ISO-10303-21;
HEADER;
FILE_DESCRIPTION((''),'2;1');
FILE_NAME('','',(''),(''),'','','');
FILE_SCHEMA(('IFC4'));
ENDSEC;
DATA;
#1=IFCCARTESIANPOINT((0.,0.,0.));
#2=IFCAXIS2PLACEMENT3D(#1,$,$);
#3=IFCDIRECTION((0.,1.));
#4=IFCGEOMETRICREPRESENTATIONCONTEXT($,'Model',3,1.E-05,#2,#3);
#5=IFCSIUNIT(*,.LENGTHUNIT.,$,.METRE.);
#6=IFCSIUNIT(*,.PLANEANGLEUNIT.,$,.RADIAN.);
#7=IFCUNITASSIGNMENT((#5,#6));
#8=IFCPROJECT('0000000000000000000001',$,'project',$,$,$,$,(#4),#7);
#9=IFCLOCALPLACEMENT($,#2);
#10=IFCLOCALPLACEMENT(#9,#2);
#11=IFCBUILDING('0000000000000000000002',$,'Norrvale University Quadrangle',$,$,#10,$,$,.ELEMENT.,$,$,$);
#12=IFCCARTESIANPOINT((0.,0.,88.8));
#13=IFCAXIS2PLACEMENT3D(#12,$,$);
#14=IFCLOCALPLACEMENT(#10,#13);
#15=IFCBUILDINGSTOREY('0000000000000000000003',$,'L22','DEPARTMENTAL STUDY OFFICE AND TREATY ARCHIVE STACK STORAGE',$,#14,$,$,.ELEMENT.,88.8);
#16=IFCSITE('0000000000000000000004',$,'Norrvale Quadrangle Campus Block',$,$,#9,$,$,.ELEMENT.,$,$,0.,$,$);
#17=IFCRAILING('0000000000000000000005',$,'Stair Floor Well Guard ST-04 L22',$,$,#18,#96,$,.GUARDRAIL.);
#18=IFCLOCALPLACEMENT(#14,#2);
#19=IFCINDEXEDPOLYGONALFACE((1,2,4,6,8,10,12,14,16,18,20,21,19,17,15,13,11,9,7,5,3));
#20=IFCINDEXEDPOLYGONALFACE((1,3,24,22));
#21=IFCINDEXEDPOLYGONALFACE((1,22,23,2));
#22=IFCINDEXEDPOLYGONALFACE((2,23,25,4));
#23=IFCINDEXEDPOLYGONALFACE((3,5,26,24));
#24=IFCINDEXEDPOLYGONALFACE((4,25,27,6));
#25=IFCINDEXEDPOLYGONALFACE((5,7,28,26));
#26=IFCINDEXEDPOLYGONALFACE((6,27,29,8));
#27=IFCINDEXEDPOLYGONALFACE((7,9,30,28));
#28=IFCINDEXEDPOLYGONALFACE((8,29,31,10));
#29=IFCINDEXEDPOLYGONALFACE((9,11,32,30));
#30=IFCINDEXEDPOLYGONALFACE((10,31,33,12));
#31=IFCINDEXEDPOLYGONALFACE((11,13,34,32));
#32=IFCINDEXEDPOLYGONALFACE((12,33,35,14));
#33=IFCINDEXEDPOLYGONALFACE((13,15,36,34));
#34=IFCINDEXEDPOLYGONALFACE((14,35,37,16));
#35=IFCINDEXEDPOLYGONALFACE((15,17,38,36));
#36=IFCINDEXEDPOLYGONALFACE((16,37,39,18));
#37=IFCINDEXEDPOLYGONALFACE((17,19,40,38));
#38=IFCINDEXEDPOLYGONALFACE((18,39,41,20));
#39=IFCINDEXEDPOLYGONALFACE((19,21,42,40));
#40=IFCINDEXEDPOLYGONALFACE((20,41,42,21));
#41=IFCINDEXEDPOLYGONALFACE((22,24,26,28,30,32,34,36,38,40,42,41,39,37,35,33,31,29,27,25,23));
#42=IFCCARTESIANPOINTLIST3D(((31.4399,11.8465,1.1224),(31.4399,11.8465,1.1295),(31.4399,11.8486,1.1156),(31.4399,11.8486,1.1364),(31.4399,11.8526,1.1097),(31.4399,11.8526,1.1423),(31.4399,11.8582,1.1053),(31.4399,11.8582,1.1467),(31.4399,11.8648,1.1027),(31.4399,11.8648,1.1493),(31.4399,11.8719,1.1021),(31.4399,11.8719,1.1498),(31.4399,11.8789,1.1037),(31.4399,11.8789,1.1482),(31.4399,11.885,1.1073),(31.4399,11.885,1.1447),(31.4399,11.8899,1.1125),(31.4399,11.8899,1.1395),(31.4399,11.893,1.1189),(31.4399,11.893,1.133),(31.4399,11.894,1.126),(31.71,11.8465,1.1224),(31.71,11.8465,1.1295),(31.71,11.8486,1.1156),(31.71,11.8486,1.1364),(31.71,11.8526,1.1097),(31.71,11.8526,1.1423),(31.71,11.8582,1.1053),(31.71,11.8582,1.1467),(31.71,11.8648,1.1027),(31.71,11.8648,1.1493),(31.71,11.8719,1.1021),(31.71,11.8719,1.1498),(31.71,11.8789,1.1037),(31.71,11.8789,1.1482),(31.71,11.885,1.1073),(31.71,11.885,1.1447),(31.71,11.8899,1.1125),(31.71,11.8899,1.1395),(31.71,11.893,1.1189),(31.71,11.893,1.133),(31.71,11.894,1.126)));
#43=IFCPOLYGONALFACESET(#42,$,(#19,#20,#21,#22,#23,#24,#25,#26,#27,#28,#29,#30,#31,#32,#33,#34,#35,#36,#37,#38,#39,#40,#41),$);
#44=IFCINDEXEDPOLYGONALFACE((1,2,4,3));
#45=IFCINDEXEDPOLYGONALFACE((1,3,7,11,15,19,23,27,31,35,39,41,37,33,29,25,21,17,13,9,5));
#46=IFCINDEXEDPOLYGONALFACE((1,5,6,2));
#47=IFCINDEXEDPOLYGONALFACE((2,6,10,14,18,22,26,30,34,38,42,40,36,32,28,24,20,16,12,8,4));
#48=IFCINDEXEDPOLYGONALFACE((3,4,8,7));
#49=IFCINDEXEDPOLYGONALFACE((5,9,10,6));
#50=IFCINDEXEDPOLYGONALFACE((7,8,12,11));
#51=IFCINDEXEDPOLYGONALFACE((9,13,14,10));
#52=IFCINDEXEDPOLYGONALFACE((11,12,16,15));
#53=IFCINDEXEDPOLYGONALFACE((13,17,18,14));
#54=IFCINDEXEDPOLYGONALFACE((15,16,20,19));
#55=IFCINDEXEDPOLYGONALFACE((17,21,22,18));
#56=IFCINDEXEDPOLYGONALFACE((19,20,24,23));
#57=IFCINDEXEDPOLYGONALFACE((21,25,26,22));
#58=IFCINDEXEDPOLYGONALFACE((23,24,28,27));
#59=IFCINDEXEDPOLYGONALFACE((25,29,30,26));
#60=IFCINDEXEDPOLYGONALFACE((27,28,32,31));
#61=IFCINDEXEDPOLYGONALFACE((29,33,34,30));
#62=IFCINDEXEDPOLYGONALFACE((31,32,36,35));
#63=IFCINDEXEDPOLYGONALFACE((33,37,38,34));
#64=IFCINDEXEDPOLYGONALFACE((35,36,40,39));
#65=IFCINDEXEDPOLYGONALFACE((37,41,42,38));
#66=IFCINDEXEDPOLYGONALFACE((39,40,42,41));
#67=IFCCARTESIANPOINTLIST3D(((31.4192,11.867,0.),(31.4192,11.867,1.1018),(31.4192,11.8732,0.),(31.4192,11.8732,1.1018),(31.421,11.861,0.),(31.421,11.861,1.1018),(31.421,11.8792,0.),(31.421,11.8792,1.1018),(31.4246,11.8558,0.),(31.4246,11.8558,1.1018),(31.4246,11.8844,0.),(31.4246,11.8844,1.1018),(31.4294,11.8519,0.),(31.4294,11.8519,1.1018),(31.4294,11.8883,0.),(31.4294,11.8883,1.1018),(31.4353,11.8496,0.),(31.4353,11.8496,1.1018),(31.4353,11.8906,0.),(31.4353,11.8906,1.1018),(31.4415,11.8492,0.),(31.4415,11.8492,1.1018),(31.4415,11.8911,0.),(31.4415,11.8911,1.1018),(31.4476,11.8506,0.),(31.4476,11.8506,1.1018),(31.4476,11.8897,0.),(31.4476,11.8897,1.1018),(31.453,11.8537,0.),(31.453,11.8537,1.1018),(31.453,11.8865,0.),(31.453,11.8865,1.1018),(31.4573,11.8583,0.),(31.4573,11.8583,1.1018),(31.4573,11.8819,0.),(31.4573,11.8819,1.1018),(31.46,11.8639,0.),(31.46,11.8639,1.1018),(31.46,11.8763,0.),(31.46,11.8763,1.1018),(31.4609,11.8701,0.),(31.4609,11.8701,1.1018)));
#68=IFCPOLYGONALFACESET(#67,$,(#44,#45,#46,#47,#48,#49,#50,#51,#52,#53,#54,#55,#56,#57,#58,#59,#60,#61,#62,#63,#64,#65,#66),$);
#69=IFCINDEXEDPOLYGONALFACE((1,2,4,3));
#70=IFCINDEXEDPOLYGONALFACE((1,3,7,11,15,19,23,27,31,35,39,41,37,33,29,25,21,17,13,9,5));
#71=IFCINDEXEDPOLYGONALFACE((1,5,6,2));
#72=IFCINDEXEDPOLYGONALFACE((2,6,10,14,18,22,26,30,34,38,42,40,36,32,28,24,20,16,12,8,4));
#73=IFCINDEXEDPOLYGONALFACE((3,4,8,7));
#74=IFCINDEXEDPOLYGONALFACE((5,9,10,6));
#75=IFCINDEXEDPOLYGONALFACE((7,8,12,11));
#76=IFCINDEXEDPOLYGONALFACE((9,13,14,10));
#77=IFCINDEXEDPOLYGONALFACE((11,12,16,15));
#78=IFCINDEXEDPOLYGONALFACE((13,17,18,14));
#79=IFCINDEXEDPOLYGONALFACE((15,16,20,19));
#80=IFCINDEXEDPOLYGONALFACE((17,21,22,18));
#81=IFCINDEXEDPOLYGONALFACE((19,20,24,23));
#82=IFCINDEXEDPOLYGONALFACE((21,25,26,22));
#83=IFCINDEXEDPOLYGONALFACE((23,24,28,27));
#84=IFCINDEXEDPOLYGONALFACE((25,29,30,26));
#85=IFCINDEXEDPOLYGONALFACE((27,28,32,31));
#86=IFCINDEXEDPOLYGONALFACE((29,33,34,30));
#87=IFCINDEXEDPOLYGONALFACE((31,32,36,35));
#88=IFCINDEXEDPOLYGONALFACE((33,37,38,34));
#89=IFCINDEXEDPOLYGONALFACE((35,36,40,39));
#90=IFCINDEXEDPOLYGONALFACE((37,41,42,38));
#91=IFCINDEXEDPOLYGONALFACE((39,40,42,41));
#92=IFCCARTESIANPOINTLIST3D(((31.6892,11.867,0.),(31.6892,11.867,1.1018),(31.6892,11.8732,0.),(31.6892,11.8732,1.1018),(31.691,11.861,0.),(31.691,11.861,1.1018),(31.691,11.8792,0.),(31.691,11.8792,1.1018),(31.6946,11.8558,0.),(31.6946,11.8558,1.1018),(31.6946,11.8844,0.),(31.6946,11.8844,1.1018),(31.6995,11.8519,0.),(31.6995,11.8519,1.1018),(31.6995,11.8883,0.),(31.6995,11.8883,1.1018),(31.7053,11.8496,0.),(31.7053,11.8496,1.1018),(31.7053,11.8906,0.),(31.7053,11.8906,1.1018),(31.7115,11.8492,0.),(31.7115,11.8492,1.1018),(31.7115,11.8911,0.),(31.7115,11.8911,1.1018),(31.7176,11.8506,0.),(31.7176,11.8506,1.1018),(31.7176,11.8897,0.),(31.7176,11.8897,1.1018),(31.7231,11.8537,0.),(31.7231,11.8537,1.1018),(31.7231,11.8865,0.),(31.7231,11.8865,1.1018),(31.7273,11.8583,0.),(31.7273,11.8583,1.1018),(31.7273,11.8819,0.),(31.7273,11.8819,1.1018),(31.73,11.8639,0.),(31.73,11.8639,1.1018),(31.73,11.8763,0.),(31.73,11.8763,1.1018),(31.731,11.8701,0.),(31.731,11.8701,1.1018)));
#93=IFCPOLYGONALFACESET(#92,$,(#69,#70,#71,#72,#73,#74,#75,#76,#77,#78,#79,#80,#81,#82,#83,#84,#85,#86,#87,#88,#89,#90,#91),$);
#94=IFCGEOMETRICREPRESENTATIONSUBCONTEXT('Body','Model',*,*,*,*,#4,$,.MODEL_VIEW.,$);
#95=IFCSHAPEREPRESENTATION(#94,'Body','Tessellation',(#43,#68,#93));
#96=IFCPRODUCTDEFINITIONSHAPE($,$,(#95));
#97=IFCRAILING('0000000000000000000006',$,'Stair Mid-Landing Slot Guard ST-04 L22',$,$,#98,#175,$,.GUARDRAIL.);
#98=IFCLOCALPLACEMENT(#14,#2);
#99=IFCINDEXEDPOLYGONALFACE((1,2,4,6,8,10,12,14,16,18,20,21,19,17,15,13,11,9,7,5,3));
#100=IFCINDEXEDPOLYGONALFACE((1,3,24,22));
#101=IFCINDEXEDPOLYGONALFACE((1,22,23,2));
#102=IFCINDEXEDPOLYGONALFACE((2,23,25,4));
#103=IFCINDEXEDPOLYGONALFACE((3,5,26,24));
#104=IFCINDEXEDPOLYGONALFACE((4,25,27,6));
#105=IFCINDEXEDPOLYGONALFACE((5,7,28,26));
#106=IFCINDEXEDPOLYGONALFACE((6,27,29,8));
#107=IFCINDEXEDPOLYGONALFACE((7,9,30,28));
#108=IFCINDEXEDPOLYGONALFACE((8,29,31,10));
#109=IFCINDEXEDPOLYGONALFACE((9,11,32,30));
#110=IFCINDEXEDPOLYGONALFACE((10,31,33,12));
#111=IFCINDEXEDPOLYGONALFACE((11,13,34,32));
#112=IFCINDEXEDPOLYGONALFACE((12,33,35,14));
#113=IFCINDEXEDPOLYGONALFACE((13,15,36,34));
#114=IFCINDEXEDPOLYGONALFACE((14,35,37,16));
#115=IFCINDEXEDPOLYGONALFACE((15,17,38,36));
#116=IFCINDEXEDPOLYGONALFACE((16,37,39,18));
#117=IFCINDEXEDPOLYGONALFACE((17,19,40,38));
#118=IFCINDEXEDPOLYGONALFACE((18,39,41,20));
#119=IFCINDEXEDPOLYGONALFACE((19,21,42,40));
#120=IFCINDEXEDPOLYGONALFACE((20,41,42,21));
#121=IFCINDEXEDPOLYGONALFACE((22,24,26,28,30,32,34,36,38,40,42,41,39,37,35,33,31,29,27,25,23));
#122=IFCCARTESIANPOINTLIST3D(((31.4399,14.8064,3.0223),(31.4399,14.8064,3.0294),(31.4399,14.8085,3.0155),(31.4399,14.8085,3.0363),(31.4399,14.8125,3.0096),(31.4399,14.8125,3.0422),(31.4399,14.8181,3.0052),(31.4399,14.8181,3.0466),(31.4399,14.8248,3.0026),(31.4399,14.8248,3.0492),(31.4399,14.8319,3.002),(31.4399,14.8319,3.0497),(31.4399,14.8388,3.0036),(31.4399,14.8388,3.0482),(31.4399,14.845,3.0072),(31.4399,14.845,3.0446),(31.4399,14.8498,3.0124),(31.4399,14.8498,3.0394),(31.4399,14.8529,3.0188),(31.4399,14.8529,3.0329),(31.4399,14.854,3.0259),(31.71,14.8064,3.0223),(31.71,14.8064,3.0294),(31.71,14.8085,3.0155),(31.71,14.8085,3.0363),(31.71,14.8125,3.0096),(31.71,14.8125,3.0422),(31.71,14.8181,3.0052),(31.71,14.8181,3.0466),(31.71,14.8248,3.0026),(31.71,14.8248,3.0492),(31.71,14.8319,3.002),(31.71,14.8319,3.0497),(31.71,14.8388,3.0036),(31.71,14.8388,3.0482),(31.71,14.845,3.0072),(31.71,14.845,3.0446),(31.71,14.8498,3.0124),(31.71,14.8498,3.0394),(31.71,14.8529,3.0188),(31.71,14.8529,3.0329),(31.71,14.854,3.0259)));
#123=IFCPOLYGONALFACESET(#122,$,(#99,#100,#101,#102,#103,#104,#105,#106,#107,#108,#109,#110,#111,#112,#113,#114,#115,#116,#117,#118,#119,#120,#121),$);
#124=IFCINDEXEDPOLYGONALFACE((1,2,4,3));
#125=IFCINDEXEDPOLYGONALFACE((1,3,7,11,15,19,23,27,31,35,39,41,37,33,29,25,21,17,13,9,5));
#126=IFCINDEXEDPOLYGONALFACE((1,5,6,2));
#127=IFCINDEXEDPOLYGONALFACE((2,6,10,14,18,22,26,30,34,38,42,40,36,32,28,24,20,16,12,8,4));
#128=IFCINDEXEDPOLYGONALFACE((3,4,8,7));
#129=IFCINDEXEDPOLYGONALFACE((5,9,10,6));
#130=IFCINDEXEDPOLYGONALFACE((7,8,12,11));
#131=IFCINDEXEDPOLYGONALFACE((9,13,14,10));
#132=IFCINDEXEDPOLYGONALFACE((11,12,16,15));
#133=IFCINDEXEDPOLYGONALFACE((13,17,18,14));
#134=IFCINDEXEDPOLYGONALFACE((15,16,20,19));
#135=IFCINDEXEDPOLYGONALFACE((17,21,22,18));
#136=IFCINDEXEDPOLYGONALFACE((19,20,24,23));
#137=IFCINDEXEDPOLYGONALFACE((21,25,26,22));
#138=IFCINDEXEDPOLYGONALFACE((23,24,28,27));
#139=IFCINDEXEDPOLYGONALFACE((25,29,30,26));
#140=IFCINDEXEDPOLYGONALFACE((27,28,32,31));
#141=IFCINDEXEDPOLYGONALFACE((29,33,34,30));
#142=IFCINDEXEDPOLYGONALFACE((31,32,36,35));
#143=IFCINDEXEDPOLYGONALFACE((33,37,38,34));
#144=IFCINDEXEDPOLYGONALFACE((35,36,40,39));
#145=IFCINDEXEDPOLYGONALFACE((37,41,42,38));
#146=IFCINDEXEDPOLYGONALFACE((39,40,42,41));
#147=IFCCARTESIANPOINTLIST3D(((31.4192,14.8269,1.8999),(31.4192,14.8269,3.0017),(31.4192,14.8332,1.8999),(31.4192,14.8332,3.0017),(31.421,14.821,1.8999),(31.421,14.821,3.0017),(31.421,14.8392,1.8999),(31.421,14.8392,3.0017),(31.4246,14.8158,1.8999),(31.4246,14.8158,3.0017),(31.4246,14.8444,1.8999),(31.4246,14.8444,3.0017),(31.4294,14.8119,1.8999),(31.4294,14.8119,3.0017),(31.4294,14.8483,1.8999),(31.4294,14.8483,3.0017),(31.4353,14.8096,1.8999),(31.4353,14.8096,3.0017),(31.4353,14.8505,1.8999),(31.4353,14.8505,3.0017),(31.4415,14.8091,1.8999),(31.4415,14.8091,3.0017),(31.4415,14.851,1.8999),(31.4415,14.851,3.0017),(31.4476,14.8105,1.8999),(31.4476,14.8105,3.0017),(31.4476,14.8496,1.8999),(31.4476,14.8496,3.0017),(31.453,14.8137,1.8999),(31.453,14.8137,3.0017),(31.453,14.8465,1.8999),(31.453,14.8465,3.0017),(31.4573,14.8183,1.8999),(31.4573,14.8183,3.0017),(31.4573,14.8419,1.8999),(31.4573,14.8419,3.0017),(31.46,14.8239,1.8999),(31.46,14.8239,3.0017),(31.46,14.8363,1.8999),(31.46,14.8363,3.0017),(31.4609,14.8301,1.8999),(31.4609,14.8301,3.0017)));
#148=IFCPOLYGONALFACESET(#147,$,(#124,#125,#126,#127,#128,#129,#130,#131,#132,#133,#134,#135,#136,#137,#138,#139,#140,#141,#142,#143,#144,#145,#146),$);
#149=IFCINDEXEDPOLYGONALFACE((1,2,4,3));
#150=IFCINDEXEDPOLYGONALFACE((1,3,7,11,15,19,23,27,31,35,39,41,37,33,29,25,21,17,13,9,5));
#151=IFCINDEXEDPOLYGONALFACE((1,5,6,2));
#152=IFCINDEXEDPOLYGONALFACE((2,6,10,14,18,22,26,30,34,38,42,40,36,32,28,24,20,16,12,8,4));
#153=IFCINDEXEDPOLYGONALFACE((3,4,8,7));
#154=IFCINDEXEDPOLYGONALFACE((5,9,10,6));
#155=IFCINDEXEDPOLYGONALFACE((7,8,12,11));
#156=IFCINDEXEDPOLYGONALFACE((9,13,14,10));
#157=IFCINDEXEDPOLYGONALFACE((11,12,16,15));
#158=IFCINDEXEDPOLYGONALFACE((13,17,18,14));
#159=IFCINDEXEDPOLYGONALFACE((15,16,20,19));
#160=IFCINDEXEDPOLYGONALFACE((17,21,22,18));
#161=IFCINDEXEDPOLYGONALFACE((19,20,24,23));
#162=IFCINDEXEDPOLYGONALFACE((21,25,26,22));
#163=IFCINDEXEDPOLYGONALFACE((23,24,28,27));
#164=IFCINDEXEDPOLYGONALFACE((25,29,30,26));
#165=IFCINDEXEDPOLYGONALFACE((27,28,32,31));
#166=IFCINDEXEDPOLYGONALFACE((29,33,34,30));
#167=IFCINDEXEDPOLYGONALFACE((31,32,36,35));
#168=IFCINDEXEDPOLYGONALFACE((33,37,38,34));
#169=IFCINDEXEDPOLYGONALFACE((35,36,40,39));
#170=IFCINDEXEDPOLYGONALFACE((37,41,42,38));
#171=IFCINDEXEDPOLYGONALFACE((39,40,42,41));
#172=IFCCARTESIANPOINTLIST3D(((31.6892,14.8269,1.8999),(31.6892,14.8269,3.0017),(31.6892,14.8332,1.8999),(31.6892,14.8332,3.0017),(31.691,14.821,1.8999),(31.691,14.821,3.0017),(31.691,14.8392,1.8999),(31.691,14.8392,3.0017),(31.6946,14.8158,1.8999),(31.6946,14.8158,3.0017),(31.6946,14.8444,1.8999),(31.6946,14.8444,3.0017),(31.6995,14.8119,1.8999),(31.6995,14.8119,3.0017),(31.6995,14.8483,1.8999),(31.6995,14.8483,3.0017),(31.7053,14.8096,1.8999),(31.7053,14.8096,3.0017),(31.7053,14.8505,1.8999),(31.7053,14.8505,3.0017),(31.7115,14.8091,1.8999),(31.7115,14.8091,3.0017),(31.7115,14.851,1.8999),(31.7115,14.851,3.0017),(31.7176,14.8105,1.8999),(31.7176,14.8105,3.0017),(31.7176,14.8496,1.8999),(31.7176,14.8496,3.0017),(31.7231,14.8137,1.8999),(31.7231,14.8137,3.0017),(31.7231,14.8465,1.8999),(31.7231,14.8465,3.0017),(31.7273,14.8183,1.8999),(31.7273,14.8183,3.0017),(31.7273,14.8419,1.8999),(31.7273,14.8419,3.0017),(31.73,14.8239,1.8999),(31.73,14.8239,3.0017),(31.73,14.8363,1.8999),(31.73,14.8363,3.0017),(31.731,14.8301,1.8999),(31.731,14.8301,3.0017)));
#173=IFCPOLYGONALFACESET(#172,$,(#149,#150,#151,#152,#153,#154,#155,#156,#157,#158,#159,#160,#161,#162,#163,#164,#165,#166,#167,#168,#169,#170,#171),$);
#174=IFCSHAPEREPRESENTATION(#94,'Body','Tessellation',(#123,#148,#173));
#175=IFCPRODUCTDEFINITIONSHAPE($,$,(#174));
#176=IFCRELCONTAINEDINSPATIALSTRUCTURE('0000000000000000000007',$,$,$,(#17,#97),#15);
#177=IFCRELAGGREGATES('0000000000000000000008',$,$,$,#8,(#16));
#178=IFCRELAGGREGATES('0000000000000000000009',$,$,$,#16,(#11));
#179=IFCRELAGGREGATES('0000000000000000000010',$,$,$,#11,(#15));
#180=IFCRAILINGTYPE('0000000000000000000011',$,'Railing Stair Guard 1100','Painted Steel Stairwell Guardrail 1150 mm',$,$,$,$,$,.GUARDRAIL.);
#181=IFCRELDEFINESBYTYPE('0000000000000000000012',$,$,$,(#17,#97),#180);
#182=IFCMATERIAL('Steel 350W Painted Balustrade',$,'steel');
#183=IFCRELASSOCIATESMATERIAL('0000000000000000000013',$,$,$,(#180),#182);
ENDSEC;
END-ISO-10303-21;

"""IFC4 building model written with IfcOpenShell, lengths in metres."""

from ifc_helpers import new_model, si_unit, direction, frame, origin, origin_2d, place, context, subcontext, project, spatial, circle, extrude, material, type_object, element, save


model = new_model("IFC4")

# Units and contexts
model_context = context("Model", 3, precision=1e-05, world=origin(), true_north=direction((0.0, 1.0)))
body_context = subcontext(model_context, "Body", "Model", "MODEL_VIEW")
ifc_project = project(units=[si_unit("LENGTHUNIT", "METRE"), si_unit("PLANEANGLEUNIT", "RADIAN")], contexts=[model_context])

# Site, building, storey
site_placement = place(None, origin())
site = spatial("IfcSite", under=ifc_project, at=site_placement, Name="Norrvale Quadrangle Campus Block", CompositionType="ELEMENT", RefElevation=0.0)
building_placement = place(site_placement, origin())
building = spatial("IfcBuilding", under=site, at=building_placement, Name="Norrvale University Quadrangle", CompositionType="ELEMENT")
storey_placement = place(building_placement, frame((0.0, 0.0, 88.8)))
storey = spatial("IfcBuildingStorey", under=building, at=storey_placement, Name="L22", Description="DEPARTMENTAL STUDY OFFICE AND TREATY ARCHIVE STACK STORAGE", CompositionType="ELEMENT", Elevation=88.8)

# Railings
ifc_material_1 = material(Name="Steel 350W Painted Balustrade", Category="steel")
railing_type_1 = type_object("IfcRailingType", Name="Railing Stair Guard 1100", Description="Painted Steel Stairwell Guardrail 1150 mm", PredefinedType="GUARDRAIL", material=ifc_material_1)
for number, where, name in (
    (1, (31.4399, 11.8701, 0.0), "Stair Floor Well Guard ST-04 L22"),
    (2, (31.4399, 14.8301, 1.8999), "Stair Mid-Landing Slot Guard ST-04 L22"),
):
    element("IfcRailing", number, at=place(storey_placement, frame(where)), inside=storey, type_object=railing_type_1, Name=name, PredefinedType="GUARDRAIL", context=body_context, shape_type="SweptSolid", body=[
        extrude(circle(Radius=0.0239, at=origin_2d()), frame((0.0, 0.0, 1.126), z_axis=(1.0, 0.0, 0.0), x_axis=(0.0, 1.0, 0.0)), (0.0, 0.0, 1.0), 0.27),
        extrude(circle(Radius=0.021, at=origin_2d()), origin(), (0.0, 0.0, 1.0), 1.1018),
        extrude(circle(Radius=0.021, at=origin_2d()), frame((0.27, 0.0, 0.0)), (0.0, 0.0, 1.0), 1.1018),
    ])

save(model, "model.ifc")
